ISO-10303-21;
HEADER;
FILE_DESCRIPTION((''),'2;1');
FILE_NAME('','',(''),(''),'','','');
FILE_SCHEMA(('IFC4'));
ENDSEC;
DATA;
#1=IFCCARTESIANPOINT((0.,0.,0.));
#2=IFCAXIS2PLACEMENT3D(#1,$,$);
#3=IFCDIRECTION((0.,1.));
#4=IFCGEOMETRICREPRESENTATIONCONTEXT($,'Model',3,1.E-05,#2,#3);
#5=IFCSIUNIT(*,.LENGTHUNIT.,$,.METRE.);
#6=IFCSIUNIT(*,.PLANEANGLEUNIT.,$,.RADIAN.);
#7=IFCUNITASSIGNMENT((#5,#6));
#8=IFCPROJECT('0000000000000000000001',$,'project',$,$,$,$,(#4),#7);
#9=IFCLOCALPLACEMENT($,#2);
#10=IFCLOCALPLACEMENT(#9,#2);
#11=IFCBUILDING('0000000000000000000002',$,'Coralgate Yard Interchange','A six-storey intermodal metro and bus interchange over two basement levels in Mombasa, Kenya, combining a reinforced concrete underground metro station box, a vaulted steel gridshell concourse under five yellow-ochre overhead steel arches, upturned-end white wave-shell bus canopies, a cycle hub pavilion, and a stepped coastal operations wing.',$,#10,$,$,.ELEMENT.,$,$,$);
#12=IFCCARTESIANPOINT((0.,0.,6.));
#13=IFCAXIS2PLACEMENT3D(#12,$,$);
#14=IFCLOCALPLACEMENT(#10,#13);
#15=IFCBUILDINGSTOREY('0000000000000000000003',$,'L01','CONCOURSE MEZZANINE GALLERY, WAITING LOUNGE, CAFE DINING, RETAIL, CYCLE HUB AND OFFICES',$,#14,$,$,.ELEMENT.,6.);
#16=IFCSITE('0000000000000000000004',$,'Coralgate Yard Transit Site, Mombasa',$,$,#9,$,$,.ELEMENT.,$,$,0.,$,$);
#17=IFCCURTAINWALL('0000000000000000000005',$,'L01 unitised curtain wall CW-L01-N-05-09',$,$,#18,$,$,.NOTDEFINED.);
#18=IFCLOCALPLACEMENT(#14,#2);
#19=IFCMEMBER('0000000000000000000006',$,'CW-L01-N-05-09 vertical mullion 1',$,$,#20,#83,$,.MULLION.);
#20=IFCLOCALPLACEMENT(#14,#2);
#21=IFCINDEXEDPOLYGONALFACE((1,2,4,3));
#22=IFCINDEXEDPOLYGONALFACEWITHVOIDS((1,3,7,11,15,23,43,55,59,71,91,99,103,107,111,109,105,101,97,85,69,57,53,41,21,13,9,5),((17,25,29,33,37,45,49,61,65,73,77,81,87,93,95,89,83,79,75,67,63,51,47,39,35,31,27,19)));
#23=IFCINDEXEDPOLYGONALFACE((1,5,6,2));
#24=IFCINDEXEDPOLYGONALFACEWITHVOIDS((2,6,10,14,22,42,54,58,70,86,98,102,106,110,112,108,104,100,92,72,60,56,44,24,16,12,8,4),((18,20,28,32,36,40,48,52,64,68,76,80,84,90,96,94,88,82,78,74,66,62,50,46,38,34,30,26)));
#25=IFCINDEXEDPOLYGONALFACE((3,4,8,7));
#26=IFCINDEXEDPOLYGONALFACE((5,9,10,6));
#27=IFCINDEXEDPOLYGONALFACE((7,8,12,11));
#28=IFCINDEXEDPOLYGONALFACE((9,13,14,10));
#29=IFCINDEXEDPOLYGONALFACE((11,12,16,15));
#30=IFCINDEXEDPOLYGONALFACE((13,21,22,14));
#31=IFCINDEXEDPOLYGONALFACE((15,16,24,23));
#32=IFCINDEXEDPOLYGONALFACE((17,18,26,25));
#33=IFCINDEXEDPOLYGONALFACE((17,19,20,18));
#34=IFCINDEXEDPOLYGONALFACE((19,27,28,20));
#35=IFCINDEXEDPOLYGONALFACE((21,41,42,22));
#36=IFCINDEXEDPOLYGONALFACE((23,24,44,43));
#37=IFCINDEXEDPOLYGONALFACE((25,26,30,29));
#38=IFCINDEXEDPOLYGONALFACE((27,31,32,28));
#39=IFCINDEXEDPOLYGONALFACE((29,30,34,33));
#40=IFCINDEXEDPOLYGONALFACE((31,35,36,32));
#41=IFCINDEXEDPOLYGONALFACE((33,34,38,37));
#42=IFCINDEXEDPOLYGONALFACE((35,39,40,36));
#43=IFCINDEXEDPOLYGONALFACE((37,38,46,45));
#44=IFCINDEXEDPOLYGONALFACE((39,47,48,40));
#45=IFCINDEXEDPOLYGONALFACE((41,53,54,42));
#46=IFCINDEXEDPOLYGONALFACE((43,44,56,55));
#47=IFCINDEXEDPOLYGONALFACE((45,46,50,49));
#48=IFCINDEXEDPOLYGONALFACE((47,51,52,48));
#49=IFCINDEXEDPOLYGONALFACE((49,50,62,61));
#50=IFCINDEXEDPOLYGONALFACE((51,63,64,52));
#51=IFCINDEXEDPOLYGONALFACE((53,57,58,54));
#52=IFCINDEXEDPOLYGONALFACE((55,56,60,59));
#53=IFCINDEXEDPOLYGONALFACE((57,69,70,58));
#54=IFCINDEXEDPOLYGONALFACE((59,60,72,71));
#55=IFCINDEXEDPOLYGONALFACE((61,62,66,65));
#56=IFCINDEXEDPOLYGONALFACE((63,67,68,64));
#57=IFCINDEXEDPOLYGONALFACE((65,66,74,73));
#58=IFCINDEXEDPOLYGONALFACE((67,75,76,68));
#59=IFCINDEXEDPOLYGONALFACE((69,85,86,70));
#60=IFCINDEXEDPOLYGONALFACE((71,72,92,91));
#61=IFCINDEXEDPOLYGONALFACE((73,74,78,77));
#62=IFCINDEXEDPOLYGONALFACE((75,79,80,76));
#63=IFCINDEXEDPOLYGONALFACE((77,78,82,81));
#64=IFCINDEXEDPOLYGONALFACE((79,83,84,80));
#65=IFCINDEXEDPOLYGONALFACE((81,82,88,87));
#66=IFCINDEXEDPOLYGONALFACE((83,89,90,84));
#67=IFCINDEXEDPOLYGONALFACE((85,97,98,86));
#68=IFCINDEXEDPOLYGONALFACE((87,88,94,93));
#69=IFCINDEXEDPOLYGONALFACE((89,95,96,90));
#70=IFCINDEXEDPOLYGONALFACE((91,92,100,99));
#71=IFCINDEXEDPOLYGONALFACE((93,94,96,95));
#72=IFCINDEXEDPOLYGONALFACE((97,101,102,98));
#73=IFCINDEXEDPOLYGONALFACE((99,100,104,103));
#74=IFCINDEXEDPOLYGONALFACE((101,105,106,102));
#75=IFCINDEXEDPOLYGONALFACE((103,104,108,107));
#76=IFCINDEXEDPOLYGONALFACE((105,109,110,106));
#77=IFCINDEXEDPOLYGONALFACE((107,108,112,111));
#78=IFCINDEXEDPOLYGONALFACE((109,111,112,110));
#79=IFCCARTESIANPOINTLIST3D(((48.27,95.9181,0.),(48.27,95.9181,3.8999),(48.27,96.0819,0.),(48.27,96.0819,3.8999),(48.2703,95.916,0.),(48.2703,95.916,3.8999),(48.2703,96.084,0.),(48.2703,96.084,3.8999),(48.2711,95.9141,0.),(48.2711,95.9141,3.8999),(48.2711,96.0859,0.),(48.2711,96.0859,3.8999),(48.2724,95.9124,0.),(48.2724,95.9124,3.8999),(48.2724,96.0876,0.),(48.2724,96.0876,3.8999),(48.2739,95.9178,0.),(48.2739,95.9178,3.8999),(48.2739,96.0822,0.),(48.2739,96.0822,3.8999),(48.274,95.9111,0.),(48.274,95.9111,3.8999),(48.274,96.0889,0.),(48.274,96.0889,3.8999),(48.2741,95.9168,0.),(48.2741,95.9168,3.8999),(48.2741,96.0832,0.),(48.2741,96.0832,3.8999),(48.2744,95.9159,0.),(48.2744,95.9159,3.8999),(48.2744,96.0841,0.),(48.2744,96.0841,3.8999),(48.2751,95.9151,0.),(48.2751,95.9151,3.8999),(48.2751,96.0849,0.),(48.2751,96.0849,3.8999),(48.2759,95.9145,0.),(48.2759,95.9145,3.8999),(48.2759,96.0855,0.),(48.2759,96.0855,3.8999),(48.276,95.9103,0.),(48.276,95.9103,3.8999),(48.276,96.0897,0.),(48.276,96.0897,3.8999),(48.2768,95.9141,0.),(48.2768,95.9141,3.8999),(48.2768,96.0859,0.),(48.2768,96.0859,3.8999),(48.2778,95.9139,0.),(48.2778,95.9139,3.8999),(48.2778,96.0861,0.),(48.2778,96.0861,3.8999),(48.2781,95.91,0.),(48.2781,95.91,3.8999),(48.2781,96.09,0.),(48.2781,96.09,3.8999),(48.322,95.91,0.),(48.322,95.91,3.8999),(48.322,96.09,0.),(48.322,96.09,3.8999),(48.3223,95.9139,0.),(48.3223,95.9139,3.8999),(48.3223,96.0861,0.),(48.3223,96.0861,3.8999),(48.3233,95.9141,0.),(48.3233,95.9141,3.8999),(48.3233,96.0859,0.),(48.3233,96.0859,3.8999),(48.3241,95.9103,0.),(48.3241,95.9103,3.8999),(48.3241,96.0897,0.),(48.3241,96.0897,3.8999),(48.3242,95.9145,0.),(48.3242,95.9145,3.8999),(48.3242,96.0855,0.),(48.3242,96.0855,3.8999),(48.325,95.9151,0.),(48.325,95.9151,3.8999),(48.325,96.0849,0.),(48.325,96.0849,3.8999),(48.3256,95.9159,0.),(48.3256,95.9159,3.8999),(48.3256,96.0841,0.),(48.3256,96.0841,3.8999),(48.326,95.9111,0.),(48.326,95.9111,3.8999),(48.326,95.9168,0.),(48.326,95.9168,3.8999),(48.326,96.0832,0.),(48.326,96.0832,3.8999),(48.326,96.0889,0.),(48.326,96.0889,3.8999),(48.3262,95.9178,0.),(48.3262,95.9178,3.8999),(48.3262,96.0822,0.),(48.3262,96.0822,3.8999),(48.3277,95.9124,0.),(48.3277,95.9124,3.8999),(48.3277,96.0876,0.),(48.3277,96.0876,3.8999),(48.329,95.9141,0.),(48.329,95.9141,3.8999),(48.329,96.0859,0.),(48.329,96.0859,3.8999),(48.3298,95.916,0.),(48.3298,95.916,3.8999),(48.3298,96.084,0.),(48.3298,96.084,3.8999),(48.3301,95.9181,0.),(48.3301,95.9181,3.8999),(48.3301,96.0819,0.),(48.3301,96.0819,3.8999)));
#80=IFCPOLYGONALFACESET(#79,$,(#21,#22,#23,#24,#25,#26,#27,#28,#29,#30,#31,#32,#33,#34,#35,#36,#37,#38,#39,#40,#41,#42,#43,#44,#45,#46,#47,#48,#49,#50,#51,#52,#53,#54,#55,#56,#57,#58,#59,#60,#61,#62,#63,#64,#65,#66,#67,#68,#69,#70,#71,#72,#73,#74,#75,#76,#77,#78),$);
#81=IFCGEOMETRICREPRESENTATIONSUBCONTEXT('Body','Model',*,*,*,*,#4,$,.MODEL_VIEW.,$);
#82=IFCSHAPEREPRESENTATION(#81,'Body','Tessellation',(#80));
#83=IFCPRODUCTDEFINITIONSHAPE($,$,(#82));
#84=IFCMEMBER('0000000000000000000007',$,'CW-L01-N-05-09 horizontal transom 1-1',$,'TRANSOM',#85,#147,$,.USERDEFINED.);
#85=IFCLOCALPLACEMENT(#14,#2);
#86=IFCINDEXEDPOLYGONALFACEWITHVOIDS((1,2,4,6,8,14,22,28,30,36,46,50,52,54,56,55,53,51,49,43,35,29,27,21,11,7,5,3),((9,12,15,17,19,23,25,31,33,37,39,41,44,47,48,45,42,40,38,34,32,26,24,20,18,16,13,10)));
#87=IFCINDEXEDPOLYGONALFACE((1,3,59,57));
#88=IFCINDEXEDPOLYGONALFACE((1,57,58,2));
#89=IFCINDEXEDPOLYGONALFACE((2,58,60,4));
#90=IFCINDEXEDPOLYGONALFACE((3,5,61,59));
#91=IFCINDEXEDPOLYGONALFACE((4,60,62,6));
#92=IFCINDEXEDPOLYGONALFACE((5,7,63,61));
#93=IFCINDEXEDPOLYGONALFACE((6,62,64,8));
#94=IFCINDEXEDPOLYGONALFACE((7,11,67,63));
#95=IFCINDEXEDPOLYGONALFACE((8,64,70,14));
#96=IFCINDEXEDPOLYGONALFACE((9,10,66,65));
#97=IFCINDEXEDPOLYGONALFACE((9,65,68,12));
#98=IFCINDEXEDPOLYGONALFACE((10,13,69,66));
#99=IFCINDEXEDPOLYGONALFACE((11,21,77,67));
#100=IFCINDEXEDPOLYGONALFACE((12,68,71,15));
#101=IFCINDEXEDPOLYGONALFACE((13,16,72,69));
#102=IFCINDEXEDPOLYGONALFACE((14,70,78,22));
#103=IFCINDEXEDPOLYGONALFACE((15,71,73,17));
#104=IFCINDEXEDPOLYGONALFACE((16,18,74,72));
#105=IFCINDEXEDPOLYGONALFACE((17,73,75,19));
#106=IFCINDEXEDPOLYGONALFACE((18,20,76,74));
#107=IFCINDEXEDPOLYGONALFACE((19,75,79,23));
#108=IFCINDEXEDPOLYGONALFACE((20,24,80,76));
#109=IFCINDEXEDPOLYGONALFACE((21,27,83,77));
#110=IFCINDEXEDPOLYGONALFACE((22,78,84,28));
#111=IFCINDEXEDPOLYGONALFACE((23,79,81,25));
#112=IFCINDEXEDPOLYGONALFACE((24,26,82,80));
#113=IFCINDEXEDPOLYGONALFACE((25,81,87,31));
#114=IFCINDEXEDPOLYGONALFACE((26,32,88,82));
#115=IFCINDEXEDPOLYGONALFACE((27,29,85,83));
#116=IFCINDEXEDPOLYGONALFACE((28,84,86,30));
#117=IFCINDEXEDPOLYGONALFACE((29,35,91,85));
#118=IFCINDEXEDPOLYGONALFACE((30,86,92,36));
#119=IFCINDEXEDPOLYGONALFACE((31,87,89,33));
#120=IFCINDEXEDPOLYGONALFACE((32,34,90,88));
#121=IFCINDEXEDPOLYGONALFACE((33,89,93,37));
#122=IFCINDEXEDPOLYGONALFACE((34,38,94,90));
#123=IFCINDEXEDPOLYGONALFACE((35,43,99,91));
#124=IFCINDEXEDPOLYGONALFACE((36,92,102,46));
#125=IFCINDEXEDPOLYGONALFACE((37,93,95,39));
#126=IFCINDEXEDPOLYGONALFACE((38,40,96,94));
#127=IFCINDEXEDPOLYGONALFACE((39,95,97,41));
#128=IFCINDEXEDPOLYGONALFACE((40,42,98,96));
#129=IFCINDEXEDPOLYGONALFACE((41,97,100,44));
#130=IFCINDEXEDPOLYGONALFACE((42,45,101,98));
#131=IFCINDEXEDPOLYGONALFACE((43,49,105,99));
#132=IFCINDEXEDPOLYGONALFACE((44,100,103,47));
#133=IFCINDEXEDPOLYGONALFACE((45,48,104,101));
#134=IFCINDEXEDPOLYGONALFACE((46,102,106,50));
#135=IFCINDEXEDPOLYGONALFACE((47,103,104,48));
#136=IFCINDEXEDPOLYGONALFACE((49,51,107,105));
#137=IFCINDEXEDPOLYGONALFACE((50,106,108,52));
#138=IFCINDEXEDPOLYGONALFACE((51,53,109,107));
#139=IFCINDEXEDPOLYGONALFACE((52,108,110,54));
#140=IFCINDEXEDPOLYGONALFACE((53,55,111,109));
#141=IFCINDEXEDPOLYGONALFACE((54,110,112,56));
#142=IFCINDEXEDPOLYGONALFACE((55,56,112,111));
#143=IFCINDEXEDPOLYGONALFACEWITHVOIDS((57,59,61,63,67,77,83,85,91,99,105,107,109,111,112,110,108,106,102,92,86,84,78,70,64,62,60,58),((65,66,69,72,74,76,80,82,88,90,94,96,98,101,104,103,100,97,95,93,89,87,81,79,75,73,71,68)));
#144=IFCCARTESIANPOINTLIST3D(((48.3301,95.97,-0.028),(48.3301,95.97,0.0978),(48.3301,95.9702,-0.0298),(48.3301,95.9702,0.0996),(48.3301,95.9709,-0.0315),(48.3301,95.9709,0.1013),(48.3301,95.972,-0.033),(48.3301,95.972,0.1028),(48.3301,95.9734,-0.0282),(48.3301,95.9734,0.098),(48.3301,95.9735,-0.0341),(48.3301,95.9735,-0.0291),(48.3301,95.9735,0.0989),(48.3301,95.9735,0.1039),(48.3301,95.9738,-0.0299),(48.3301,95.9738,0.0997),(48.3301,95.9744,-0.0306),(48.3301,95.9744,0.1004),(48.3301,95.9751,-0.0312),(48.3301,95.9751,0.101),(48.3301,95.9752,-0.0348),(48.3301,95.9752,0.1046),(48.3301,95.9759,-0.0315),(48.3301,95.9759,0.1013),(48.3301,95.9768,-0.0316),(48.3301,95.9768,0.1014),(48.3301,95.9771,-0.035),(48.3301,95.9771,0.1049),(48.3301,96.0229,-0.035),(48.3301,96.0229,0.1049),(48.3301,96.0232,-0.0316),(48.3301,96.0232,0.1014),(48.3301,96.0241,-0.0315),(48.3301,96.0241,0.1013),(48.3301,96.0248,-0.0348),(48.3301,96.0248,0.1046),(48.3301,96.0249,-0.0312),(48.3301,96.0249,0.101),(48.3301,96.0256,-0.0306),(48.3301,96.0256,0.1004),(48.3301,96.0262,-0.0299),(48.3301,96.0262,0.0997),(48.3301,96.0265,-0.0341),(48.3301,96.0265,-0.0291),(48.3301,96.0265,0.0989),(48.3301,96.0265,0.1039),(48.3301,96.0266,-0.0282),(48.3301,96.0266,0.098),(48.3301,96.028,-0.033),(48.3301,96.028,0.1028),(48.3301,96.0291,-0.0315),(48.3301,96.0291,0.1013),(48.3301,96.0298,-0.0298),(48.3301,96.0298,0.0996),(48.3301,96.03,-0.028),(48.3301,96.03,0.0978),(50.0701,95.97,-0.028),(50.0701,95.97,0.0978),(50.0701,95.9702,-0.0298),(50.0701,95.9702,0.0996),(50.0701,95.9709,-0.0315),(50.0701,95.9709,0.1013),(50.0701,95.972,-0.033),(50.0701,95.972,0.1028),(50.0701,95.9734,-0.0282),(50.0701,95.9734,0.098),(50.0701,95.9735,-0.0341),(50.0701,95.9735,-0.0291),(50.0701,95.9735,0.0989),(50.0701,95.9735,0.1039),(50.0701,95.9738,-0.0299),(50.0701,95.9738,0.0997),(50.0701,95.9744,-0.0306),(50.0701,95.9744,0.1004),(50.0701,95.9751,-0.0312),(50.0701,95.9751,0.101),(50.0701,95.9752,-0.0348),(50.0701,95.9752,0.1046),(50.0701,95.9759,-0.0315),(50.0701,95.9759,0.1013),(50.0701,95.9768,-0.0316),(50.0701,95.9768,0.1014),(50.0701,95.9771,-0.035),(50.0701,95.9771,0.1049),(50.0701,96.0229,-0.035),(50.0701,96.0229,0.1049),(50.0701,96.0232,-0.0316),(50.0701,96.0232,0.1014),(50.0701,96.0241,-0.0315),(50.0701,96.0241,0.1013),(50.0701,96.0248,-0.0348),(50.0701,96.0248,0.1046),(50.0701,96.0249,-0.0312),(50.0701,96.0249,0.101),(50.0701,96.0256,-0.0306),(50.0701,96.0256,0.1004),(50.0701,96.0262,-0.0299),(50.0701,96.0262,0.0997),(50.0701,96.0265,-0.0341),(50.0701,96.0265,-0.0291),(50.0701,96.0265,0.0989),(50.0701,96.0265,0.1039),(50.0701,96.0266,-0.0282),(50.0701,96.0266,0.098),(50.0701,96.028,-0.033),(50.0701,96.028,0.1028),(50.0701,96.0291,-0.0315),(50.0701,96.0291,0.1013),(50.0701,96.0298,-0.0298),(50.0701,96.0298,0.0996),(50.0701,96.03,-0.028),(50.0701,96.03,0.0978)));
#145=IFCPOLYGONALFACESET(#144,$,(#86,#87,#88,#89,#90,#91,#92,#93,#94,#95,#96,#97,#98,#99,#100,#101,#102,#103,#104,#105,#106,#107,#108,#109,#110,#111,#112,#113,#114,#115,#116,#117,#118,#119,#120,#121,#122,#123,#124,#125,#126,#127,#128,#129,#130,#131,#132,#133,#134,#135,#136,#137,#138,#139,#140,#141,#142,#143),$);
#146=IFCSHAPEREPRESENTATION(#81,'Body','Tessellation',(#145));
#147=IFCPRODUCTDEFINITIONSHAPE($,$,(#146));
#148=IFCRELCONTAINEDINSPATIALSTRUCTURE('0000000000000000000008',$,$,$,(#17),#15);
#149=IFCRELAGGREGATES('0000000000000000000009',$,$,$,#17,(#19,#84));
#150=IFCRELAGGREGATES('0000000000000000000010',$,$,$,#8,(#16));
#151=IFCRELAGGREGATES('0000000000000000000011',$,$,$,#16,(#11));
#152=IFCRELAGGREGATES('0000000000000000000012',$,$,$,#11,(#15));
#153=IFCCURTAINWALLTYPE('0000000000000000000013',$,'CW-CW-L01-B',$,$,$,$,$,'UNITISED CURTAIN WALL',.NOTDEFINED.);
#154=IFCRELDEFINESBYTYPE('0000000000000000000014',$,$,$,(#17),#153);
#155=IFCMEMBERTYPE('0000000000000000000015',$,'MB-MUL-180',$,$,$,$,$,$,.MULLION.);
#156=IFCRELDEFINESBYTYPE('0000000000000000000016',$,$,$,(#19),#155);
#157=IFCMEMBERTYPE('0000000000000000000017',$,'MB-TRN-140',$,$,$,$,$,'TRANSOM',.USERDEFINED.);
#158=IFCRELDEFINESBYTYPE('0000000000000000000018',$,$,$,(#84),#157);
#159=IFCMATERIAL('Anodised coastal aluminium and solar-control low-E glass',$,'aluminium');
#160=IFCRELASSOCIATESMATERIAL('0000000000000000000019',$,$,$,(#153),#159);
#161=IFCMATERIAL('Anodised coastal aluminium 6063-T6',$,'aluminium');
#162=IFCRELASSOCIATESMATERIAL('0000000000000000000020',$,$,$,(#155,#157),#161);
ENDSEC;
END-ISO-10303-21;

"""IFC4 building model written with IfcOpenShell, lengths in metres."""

from ifc_helpers import new_model, si_unit, direction, frame, origin, origin_2d, place, context, subcontext, project, spatial, hollow_rectangle, extrude, material, material_profile, profile_set, type_object, element, aggregate, save


model = new_model("IFC4")

# Units and contexts
model_context = context("Model", 3, precision=1e-05, world=origin(), true_north=direction((0.0, 1.0)))
body_context = subcontext(model_context, "Body", "Model", "MODEL_VIEW")
ifc_project = project(units=[si_unit("LENGTHUNIT", "METRE"), si_unit("PLANEANGLEUNIT", "RADIAN")], contexts=[model_context])

# Site, building, storey
site_placement = place(None, origin())
site = spatial("IfcSite", under=ifc_project, at=site_placement, Name="Coralgate Yard Transit Site, Mombasa", CompositionType="ELEMENT", RefElevation=0.0)
building_placement = place(site_placement, origin())
building = spatial("IfcBuilding", under=site, at=building_placement, Name="Coralgate Yard Interchange", Description="A six-storey intermodal metro and bus interchange over two basement levels in Mombasa, Kenya, combining a reinforced concrete underground metro station box, a vaulted steel gridshell concourse under five yellow-ochre overhead steel arches, upturned-end white wave-shell bus canopies, a cycle hub pavilion, and a stepped coastal operations wing.", CompositionType="ELEMENT")
storey_placement = place(building_placement, frame((0.0, 0.0, 6.0)))
storey = spatial("IfcBuildingStorey", under=building, at=storey_placement, Name="L01", Description="CONCOURSE MEZZANINE GALLERY, WAITING LOUNGE, CAFE DINING, RETAIL, CYCLE HUB AND OFFICES", CompositionType="ELEMENT", Elevation=6.0)

# Curtain wall, members
ifc_material_1 = material(Name="Anodised coastal aluminium and solar-control low-E glass", Category="aluminium")
curtain_wall_type = type_object("IfcCurtainWallType", Name="CW-CW-L01-B", ElementType="UNITISED CURTAIN WALL", PredefinedType="NOTDEFINED", material=ifc_material_1)
curtain_wall_placement = place(storey_placement, origin())
curtain_wall = element("IfcCurtainWall", 1, at=curtain_wall_placement, inside=storey, type_object=curtain_wall_type, Name="L01 unitised curtain wall CW-L01-N-05-09", PredefinedType="NOTDEFINED")
ifc_material_2 = material(Name="Anodised coastal aluminium 6063-T6", Category="aluminium")
ifc_material_profile_1 = material_profile(ifc_material_2, hollow_rectangle(XDim=0.0601, YDim=0.1799, WallThickness=0.0039, InnerFilletRadius=0.0039, OuterFilletRadius=0.0081, at=origin_2d()), Name="ALU 60x180x4")
ifc_profile_set_1 = profile_set([ifc_material_profile_1], Name="Anodised coastal aluminium 6063-T6")
member_type_1 = type_object("IfcMemberType", Name="MB-MUL-180", PredefinedType="MULLION", material=ifc_profile_set_1)
member_1_placement = place(storey_placement, frame((48.3, 96.0, 0.0), z_axis=(0.0, 0.0, 1.0), x_axis=(1.0, 0.0, 0.0)))
member_1 = element("IfcMember", 2, at=member_1_placement, type_object=member_type_1, Name="CW-L01-N-05-09 vertical mullion 1", PredefinedType="MULLION", context=body_context, shape_type="SweptSolid", body=[
    extrude(hollow_rectangle(XDim=0.0601, YDim=0.1799, WallThickness=0.0039, InnerFilletRadius=0.0039, OuterFilletRadius=0.0081, at=origin_2d()), origin(), (0.0, 0.0, 1.0), 3.8999),
])
ifc_material_profile_2 = material_profile(ifc_material_2, hollow_rectangle(XDim=0.0601, YDim=0.1399, WallThickness=0.0034, InnerFilletRadius=0.0034, OuterFilletRadius=0.0071, at=origin_2d()), Name="ALU 60x140x3.5")
ifc_profile_set_2 = profile_set([ifc_material_profile_2], Name="Anodised coastal aluminium 6063-T6")
member_type_2 = type_object("IfcMemberType", Name="MB-TRN-140", ElementType="TRANSOM", PredefinedType="USERDEFINED", material=ifc_profile_set_2)
member_2_placement = place(storey_placement, frame((48.3301, 96.0, 0.0349), z_axis=(1.0, 0.0, 0.0), x_axis=(0.0, 1.0, 0.0)))
member_2 = element("IfcMember", 3, at=member_2_placement, type_object=member_type_2, Name="CW-L01-N-05-09 horizontal transom 1-1", ObjectType="TRANSOM", PredefinedType="USERDEFINED", context=body_context, shape_type="SweptSolid", body=[
    extrude(hollow_rectangle(XDim=0.0601, YDim=0.1399, WallThickness=0.0034, InnerFilletRadius=0.0034, OuterFilletRadius=0.0071, at=origin_2d()), origin(), (0.0, 0.0, 1.0), 1.74),
])
aggregate(curtain_wall, [member_1, member_2])

save(model, "model.ifc")
